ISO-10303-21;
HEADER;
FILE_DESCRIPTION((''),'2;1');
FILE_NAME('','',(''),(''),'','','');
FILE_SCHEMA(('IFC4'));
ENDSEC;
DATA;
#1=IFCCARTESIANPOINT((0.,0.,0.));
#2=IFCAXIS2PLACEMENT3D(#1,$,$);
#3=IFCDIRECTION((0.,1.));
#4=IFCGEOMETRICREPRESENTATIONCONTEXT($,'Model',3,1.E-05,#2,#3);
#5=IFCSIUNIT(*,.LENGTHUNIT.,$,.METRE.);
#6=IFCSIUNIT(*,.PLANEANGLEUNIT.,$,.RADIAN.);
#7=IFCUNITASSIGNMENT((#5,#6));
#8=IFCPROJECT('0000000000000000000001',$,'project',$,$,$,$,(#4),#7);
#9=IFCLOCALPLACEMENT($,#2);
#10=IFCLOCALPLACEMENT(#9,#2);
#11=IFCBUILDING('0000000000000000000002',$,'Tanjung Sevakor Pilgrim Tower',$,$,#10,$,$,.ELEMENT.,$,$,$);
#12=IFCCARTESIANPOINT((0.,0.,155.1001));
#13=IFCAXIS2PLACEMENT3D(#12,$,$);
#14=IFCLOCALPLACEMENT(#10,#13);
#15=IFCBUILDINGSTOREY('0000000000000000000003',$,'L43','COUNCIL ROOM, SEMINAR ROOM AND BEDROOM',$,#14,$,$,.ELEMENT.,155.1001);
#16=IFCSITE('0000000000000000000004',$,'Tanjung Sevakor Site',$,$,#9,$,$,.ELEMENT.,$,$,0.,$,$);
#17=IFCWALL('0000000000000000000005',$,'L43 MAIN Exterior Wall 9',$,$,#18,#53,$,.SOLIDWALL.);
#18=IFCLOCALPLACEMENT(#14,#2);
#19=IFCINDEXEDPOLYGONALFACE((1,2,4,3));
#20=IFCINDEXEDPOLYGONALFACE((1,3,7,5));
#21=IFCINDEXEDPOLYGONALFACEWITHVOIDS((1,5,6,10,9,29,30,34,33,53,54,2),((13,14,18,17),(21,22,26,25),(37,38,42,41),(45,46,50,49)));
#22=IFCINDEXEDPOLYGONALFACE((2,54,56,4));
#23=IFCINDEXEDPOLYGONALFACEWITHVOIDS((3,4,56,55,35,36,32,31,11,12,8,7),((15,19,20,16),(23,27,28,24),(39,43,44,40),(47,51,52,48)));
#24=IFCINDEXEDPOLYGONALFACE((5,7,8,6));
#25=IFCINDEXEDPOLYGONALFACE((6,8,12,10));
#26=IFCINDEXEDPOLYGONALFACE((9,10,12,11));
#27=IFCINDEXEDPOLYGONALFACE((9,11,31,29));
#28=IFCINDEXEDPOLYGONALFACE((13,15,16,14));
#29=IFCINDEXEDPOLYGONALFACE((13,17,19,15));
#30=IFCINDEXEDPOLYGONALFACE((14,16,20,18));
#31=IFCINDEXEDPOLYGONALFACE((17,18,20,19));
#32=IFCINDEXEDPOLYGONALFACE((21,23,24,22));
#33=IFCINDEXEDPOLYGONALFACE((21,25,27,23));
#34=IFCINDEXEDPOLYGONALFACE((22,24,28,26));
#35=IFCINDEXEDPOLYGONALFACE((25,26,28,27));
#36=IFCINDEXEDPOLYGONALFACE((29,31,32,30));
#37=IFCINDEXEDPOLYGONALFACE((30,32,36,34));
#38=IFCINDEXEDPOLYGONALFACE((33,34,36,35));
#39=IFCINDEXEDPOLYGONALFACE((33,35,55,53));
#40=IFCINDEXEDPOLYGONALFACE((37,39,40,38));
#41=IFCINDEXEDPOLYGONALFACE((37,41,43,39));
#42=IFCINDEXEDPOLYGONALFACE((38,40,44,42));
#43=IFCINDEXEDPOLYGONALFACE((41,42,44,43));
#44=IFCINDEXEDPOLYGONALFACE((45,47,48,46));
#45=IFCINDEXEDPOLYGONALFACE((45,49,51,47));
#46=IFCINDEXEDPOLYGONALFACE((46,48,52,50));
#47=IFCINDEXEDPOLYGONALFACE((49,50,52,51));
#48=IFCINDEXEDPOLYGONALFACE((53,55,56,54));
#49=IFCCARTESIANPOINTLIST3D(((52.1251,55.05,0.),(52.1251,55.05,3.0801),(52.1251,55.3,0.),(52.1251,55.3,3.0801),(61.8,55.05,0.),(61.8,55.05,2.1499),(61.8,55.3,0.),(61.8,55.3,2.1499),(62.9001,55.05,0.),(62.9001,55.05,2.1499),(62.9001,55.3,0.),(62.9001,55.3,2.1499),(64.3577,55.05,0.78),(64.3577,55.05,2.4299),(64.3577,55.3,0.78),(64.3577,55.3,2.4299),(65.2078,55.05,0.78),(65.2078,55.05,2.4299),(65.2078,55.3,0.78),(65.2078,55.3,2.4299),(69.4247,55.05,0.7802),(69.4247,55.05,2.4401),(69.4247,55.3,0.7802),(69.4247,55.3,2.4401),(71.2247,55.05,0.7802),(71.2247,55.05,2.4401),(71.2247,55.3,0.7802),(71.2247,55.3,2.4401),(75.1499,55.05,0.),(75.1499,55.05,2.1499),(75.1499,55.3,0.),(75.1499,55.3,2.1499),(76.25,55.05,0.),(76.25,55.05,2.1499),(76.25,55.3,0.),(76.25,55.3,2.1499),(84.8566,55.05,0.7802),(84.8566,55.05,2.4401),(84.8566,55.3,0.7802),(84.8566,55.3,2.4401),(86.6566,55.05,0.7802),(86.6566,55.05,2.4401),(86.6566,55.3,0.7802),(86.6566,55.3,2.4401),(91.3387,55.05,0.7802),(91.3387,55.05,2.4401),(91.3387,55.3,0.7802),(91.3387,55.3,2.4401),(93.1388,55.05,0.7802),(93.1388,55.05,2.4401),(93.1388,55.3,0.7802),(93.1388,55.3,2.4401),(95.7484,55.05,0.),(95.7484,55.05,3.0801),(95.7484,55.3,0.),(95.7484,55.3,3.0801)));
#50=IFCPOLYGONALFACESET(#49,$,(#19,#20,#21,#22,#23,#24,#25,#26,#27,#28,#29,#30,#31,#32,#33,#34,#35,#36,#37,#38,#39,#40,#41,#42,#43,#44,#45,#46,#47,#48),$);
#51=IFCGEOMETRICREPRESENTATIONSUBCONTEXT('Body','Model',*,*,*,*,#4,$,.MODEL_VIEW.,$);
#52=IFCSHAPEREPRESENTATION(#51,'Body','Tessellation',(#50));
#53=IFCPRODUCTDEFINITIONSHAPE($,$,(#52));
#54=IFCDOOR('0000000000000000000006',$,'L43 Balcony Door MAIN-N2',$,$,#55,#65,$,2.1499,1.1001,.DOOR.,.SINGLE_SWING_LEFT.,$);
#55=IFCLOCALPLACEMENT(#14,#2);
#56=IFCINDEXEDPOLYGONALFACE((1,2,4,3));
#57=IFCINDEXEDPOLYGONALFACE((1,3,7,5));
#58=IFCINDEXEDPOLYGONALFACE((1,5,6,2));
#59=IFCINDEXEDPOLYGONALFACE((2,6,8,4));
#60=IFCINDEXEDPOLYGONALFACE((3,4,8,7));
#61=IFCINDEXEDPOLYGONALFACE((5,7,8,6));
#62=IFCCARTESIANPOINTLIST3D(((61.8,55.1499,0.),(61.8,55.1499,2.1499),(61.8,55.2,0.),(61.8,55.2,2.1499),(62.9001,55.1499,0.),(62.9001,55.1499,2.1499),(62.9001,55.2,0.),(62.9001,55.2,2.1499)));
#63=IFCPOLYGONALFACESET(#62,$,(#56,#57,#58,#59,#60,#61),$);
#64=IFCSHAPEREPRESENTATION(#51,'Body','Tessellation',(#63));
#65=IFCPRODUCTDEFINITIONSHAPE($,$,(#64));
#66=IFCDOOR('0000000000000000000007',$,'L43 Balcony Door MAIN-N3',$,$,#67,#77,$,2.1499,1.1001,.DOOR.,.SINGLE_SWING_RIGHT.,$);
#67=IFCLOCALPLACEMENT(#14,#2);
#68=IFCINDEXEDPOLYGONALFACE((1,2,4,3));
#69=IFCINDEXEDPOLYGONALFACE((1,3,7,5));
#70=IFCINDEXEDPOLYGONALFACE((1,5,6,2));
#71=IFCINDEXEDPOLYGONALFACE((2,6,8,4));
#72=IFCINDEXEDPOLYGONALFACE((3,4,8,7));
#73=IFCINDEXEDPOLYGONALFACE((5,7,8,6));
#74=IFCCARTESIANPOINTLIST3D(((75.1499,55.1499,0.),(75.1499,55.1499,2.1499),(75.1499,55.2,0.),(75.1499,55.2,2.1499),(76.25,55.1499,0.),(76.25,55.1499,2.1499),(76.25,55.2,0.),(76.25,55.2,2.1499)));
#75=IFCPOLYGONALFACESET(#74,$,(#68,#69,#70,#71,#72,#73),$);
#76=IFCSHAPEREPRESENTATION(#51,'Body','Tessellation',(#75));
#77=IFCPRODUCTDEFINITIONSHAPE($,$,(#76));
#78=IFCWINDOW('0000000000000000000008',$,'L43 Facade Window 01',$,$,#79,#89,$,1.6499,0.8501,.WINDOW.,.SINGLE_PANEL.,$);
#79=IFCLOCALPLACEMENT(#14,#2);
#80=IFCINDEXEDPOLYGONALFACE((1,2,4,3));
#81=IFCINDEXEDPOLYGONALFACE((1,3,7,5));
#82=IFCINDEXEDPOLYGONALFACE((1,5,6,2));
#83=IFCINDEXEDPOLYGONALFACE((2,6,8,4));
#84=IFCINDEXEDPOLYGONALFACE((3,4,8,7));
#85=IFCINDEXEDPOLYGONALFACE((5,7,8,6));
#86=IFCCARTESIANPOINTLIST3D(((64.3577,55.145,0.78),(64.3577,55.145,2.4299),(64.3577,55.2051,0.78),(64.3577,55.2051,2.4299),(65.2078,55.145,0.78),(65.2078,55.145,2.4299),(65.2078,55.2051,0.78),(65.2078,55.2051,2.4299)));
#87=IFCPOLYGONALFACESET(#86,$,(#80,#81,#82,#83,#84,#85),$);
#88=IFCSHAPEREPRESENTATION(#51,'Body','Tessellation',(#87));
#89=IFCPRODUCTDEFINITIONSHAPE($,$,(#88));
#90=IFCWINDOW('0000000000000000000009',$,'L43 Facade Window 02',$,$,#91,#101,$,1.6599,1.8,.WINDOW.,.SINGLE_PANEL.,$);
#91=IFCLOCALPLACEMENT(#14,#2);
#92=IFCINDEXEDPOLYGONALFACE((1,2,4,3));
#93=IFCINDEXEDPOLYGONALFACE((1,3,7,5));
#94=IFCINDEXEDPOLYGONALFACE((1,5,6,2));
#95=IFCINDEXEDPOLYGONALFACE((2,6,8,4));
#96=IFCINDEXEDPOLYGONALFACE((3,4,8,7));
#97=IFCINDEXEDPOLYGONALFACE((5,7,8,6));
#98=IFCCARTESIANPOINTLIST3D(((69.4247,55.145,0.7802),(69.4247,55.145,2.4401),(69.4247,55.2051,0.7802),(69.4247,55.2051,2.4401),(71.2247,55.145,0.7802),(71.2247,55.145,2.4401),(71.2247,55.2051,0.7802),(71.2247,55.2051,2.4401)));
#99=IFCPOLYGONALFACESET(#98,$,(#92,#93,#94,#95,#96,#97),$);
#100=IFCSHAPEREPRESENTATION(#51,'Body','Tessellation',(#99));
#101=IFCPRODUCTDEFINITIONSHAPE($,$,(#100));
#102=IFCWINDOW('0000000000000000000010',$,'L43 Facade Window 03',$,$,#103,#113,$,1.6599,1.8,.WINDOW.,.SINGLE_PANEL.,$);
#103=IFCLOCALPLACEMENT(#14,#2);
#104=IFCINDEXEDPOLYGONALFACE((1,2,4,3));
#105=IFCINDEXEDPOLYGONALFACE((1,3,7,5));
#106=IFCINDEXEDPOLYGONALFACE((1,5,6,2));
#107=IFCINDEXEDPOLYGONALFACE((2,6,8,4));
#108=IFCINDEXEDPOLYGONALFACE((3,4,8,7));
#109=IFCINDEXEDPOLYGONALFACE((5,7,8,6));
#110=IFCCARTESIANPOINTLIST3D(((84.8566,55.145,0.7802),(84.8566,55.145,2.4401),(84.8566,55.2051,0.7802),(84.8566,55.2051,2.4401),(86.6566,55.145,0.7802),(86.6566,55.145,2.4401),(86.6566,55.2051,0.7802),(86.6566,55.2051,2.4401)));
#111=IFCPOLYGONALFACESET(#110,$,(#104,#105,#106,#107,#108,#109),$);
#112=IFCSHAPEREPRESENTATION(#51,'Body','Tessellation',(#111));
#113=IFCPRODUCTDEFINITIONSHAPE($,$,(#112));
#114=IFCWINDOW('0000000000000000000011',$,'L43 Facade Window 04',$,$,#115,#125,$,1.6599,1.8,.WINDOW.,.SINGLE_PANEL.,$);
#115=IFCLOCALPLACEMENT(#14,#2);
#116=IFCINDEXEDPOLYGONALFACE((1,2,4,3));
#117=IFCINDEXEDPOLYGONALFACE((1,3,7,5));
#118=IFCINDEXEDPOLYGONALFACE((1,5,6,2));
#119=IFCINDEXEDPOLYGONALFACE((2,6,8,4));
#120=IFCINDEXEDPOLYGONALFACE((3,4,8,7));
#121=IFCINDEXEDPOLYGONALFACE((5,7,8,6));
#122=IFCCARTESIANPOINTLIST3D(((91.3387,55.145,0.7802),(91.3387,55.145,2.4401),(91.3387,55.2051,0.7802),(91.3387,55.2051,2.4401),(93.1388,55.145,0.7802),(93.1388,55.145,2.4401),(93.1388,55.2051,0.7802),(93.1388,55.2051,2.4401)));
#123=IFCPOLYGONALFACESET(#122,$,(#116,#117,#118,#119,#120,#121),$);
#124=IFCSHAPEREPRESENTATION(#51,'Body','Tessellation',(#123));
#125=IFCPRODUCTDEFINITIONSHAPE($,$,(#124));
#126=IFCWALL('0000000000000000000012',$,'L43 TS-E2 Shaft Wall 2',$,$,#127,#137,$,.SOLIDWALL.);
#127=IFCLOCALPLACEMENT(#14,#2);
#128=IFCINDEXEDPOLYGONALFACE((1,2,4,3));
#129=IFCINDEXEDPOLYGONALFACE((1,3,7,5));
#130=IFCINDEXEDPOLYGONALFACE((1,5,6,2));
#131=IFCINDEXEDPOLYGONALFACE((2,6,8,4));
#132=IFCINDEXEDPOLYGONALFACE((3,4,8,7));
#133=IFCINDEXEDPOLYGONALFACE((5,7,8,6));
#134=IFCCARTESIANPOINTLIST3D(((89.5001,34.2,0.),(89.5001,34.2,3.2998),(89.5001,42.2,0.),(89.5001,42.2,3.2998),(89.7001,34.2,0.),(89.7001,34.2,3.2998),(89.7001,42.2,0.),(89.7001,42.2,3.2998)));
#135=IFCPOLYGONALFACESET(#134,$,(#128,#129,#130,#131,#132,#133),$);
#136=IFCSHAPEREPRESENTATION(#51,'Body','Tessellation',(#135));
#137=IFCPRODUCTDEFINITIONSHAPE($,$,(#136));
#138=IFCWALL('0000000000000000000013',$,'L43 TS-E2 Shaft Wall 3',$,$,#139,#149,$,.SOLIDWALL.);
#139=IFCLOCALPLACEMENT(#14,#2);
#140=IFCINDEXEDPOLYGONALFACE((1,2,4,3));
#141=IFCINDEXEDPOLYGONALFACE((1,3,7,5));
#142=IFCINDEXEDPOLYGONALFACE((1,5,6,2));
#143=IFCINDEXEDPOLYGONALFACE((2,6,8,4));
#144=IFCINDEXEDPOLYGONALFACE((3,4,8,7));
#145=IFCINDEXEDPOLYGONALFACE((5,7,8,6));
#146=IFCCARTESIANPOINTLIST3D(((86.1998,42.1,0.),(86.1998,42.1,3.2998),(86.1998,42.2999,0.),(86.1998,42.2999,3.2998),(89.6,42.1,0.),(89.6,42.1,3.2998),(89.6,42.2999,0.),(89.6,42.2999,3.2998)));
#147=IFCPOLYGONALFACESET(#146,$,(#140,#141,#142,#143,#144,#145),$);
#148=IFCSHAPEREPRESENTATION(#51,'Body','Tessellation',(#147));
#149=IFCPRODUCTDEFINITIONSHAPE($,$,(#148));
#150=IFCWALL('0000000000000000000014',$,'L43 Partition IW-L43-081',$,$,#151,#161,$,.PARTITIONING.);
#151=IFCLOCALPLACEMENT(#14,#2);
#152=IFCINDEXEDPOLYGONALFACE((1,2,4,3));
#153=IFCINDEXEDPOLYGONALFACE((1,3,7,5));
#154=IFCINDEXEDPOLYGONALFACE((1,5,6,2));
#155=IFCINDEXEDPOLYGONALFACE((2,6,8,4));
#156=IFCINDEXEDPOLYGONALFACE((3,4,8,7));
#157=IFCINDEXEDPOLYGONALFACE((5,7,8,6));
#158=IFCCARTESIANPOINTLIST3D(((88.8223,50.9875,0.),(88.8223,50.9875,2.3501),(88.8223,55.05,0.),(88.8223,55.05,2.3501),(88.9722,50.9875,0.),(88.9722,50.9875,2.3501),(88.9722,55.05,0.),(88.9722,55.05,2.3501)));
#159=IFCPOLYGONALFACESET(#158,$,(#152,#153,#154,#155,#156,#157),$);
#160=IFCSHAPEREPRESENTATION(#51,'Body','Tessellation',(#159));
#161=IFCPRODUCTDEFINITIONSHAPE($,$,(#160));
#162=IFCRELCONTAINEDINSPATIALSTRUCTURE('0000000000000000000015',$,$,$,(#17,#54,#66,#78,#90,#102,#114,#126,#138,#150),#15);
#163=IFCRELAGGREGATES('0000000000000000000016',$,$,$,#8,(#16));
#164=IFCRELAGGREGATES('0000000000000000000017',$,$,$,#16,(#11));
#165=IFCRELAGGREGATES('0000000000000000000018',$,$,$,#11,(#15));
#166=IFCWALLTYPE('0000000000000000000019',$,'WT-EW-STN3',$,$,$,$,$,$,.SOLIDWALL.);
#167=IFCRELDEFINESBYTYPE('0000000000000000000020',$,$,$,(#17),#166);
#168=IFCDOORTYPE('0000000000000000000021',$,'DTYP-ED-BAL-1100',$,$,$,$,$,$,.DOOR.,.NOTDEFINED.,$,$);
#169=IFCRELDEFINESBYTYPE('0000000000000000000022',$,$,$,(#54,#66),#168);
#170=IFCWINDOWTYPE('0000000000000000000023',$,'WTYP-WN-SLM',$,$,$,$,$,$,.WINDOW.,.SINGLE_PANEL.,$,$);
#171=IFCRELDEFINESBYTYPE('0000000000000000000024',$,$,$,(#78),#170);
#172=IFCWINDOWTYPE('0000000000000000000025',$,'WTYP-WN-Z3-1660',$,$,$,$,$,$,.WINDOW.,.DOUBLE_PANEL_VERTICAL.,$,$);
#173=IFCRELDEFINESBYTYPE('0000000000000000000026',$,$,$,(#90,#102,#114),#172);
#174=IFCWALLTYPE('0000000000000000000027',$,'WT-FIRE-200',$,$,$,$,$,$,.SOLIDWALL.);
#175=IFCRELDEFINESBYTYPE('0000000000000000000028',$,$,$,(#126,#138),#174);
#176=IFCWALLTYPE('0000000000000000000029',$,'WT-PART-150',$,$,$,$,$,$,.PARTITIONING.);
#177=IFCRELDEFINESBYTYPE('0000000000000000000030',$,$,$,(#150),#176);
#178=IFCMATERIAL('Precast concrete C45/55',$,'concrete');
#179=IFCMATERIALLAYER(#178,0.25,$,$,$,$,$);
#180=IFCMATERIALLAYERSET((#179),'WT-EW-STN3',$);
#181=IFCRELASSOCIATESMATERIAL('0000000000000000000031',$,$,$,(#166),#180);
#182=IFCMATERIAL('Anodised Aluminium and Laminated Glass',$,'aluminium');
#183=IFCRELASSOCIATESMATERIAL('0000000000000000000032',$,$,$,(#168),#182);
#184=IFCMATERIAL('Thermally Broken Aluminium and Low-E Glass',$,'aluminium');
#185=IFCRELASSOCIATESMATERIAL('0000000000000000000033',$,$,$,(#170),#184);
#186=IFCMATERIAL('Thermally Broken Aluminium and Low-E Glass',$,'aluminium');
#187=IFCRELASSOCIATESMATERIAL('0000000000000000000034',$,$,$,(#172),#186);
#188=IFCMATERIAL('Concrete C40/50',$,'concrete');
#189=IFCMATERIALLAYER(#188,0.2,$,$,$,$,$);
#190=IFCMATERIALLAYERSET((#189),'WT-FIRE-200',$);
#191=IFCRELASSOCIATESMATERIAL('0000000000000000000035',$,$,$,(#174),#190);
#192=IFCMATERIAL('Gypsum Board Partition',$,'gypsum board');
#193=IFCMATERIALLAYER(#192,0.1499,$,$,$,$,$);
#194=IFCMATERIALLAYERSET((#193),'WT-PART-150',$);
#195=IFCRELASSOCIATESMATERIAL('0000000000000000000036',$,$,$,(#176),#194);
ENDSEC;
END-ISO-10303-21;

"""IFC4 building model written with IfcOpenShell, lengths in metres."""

from ifc_helpers import new_model, si_unit, direction, frame, frame_2d, origin, place, context, subcontext, project, spatial, rectangle, extrude, material, layer, layer_set, type_object, element, fill, save


model = new_model("IFC4")

# Units and contexts
model_context = context("Model", 3, precision=1e-05, world=origin(), true_north=direction((0.0, 1.0)))
body_context = subcontext(model_context, "Body", "Model", "MODEL_VIEW")
ifc_project = project(units=[si_unit("LENGTHUNIT", "METRE"), si_unit("PLANEANGLEUNIT", "RADIAN")], contexts=[model_context])

# Site, building, storey
site_placement = place(None, origin())
site = spatial("IfcSite", under=ifc_project, at=site_placement, Name="Tanjung Sevakor Site", CompositionType="ELEMENT", RefElevation=0.0)
building_placement = place(site_placement, origin())
building = spatial("IfcBuilding", under=site, at=building_placement, Name="Tanjung Sevakor Pilgrim Tower", CompositionType="ELEMENT")
storey_placement = place(building_placement, frame((0.0, 0.0, 155.1001)))
storey = spatial("IfcBuildingStorey", under=building, at=storey_placement, Name="L43", Description="COUNCIL ROOM, SEMINAR ROOM AND BEDROOM", CompositionType="ELEMENT", Elevation=155.1001)

# Shared definitions
ifc_material_1 = material(Name="Precast concrete C45/55", Category="concrete")
ifc_layer_1 = layer(ifc_material_1, 0.25)
ifc_layer_set_1 = layer_set([ifc_layer_1], Name="WT-EW-STN3")
wall_type_1 = type_object("IfcWallType", Name="WT-EW-STN3", PredefinedType="SOLIDWALL", material=ifc_layer_set_1)

# Wall, openings, doors, windows
wall_1_placement = place(storey_placement, frame((95.7483, 55.175, 0.0), z_axis=(0.0, 0.0, 1.0), x_axis=(-1.0, 0.0, 0.0)))
wall_1 = element("IfcWall", 1, at=wall_1_placement, inside=storey, type_object=wall_type_1, Name="L43 MAIN Exterior Wall 9", PredefinedType="SOLIDWALL", context=body_context, shape_type="SweptSolid", body=[
    extrude(rectangle(XDim=43.6233, YDim=0.25, at=frame_2d((21.8115, 0.0))), origin(), (0.0, 0.0, 1.0), 3.0801),
])
opening_1_placement = place(wall_1_placement, frame((32.8481, 0.0, 0.0)))
opening_1 = element("IfcOpeningElement", 2, at=opening_1_placement, cuts=wall_1, PredefinedType="OPENING", context=body_context, shape_type="SweptSolid", body=[
    extrude(rectangle(XDim=1.1001, YDim=2.1499, at=frame_2d((0.55, 1.075))), frame((0.0, 0.135, 0.0), z_axis=(0.0, -1.0, 0.0), x_axis=(1.0, 0.0, 0.0)), (0.0, 0.0, 1.0), 0.27),
])
opening_2_placement = place(wall_1_placement, frame((19.4983, 0.0, 0.0)))
opening_2 = element("IfcOpeningElement", 3, at=opening_2_placement, cuts=wall_1, PredefinedType="OPENING", context=body_context, shape_type="SweptSolid", body=[
    extrude(rectangle(XDim=1.1001, YDim=2.1499, at=frame_2d((0.55, 1.075))), frame((0.0, 0.135, 0.0), z_axis=(0.0, -1.0, 0.0), x_axis=(1.0, 0.0, 0.0)), (0.0, 0.0, 1.0), 0.27),
])
opening_3_placement = place(wall_1_placement, frame((30.5405, 0.0, 0.78)))
opening_3 = element("IfcOpeningElement", 4, at=opening_3_placement, cuts=wall_1, PredefinedType="OPENING", context=body_context, shape_type="SweptSolid", body=[
    extrude(rectangle(XDim=0.8501, YDim=1.6499, at=frame_2d((0.425, 0.825))), frame((0.0, 0.135, 0.0), z_axis=(0.0, -1.0, 0.0), x_axis=(1.0, 0.0, 0.0)), (0.0, 0.0, 1.0), 0.27),
])
opening_4_placement = place(wall_1_placement, frame((24.5237, 0.0, 0.78)))
opening_4 = element("IfcOpeningElement", 5, at=opening_4_placement, cuts=wall_1, PredefinedType="OPENING", context=body_context, shape_type="SweptSolid", body=[
    extrude(rectangle(XDim=1.8, YDim=1.6599, at=frame_2d((0.8999, 0.8301))), frame((0.0, 0.135, 0.0), z_axis=(0.0, -1.0, 0.0), x_axis=(1.0, 0.0, 0.0)), (0.0, 0.0, 1.0), 0.27),
])
opening_5_placement = place(wall_1_placement, frame((9.0918, 0.0, 0.78)))
opening_5 = element("IfcOpeningElement", 6, at=opening_5_placement, cuts=wall_1, PredefinedType="OPENING", context=body_context, shape_type="SweptSolid", body=[
    extrude(rectangle(XDim=1.8, YDim=1.6599, at=frame_2d((0.8999, 0.8301))), frame((0.0, 0.135, 0.0), z_axis=(0.0, -1.0, 0.0), x_axis=(1.0, 0.0, 0.0)), (0.0, 0.0, 1.0), 0.27),
])
opening_6_placement = place(wall_1_placement, frame((2.6096, 0.0, 0.78)))
opening_6 = element("IfcOpeningElement", 7, at=opening_6_placement, cuts=wall_1, PredefinedType="OPENING", context=body_context, shape_type="SweptSolid", body=[
    extrude(rectangle(XDim=1.8, YDim=1.6599, at=frame_2d((0.8999, 0.8301))), frame((0.0, 0.135, 0.0), z_axis=(0.0, -1.0, 0.0), x_axis=(1.0, 0.0, 0.0)), (0.0, 0.0, 1.0), 0.27),
])
ifc_material_2 = material(Name="Anodised Aluminium and Laminated Glass", Category="aluminium")
door_type = type_object("IfcDoorType", Name="DTYP-ED-BAL-1100", OperationType="NOTDEFINED", PredefinedType="DOOR", material=ifc_material_2)
door_1_placement = place(opening_1_placement, frame((1.1001, 0.0, 0.0), z_axis=(0.0, 0.0, 1.0), x_axis=(-1.0, 0.0, 0.0)))
door_1 = element("IfcDoor", 8, at=door_1_placement, inside=storey, type_object=door_type, Name="L43 Balcony Door MAIN-N2", OperationType="SINGLE_SWING_LEFT", OverallHeight=2.1499, OverallWidth=1.1001, PredefinedType="DOOR", context=body_context, shape_type="SweptSolid", body=[
    extrude(rectangle(XDim=1.1001, YDim=2.1499, at=frame_2d((0.55, 1.075))), frame((0.0, 0.0249, 0.0), z_axis=(0.0, -1.0, 0.0), x_axis=(1.0, 0.0, 0.0)), (0.0, 0.0, 1.0), 0.05),
])
fill(opening_1, door_1)
door_2_placement = place(opening_2_placement, frame((1.1001, 0.0, 0.0), z_axis=(0.0, 0.0, 1.0), x_axis=(-1.0, 0.0, 0.0)))
door_2 = element("IfcDoor", 9, at=door_2_placement, inside=storey, type_object=door_type, Name="L43 Balcony Door MAIN-N3", OperationType="SINGLE_SWING_RIGHT", OverallHeight=2.1499, OverallWidth=1.1001, PredefinedType="DOOR", context=body_context, shape_type="SweptSolid", body=[
    extrude(rectangle(XDim=1.1001, YDim=2.1499, at=frame_2d((0.55, 1.075))), frame((0.0, 0.0249, 0.0), z_axis=(0.0, -1.0, 0.0), x_axis=(1.0, 0.0, 0.0)), (0.0, 0.0, 1.0), 0.05),
])
fill(opening_2, door_2)
ifc_material_3 = material(Name="Thermally Broken Aluminium and Low-E Glass", Category="aluminium")
window_type_1 = type_object("IfcWindowType", Name="WTYP-WN-SLM", PartitioningType="SINGLE_PANEL", PredefinedType="WINDOW", material=ifc_material_3)
window_1_placement = place(opening_3_placement, origin())
window_1 = element("IfcWindow", 10, at=window_1_placement, inside=storey, type_object=window_type_1, Name="L43 Facade Window 01", OverallHeight=1.6499, OverallWidth=0.8501, PartitioningType="SINGLE_PANEL", PredefinedType="WINDOW", context=body_context, shape_type="SweptSolid", body=[
    extrude(rectangle(XDim=0.8501, YDim=1.6499, at=frame_2d((0.425, 0.825))), frame((0.0, 0.03, 0.0), z_axis=(0.0, -1.0, 0.0), x_axis=(1.0, 0.0, 0.0)), (0.0, 0.0, 1.0), 0.0601),
])
fill(opening_3, window_1)
ifc_material_4 = material(Name="Thermally Broken Aluminium and Low-E Glass", Category="aluminium")
window_type_2 = type_object("IfcWindowType", Name="WTYP-WN-Z3-1660", PartitioningType="DOUBLE_PANEL_VERTICAL", PredefinedType="WINDOW", material=ifc_material_4)
window_2_placement = place(opening_4_placement, origin())
window_2 = element("IfcWindow", 11, at=window_2_placement, inside=storey, type_object=window_type_2, Name="L43 Facade Window 02", OverallHeight=1.6599, OverallWidth=1.8, PartitioningType="SINGLE_PANEL", PredefinedType="WINDOW", context=body_context, shape_type="SweptSolid", body=[
    extrude(rectangle(XDim=1.8, YDim=1.6599, at=frame_2d((0.8999, 0.8301))), frame((0.0, 0.03, 0.0), z_axis=(0.0, -1.0, 0.0), x_axis=(1.0, 0.0, 0.0)), (0.0, 0.0, 1.0), 0.0601),
])
fill(opening_4, window_2)
window_3_placement = place(opening_5_placement, origin())
window_3 = element("IfcWindow", 12, at=window_3_placement, inside=storey, type_object=window_type_2, Name="L43 Facade Window 03", OverallHeight=1.6599, OverallWidth=1.8, PartitioningType="SINGLE_PANEL", PredefinedType="WINDOW", context=body_context, shape_type="SweptSolid", body=[
    extrude(rectangle(XDim=1.8, YDim=1.6599, at=frame_2d((0.8999, 0.8301))), frame((0.0, 0.03, 0.0), z_axis=(0.0, -1.0, 0.0), x_axis=(1.0, 0.0, 0.0)), (0.0, 0.0, 1.0), 0.0601),
])
fill(opening_5, window_3)
window_4_placement = place(opening_6_placement, origin())
window_4 = element("IfcWindow", 13, at=window_4_placement, inside=storey, type_object=window_type_2, Name="L43 Facade Window 04", OverallHeight=1.6599, OverallWidth=1.8, PartitioningType="SINGLE_PANEL", PredefinedType="WINDOW", context=body_context, shape_type="SweptSolid", body=[
    extrude(rectangle(XDim=1.8, YDim=1.6599, at=frame_2d((0.8999, 0.8301))), frame((0.0, 0.03, 0.0), z_axis=(0.0, -1.0, 0.0), x_axis=(1.0, 0.0, 0.0)), (0.0, 0.0, 1.0), 0.0601),
])
fill(opening_6, window_4)

# Walls
ifc_material_5 = material(Name="Concrete C40/50", Category="concrete")
ifc_layer_2 = layer(ifc_material_5, 0.2)
ifc_layer_set_2 = layer_set([ifc_layer_2], Name="WT-FIRE-200")
wall_type_2 = type_object("IfcWallType", Name="WT-FIRE-200", PredefinedType="SOLIDWALL", material=ifc_layer_set_2)
wall_2_placement = place(storey_placement, frame((89.6001, 34.2, 0.0), z_axis=(0.0, 0.0, 1.0), x_axis=(0.0, 1.0, 0.0)))
element("IfcWall", 14, at=wall_2_placement, inside=storey, type_object=wall_type_2, Name="L43 TS-E2 Shaft Wall 2", PredefinedType="SOLIDWALL", context=body_context, shape_type="SweptSolid", body=[
    extrude(rectangle(XDim=8.0, YDim=0.2, at=frame_2d((4.0, 0.0))), origin(), (0.0, 0.0, 1.0), 3.2998),
])
wall_3_placement = place(storey_placement, frame((89.6001, 42.2, 0.0), z_axis=(0.0, 0.0, 1.0), x_axis=(-1.0, 0.0, 0.0)))
element("IfcWall", 15, at=wall_3_placement, inside=storey, type_object=wall_type_2, Name="L43 TS-E2 Shaft Wall 3", PredefinedType="SOLIDWALL", context=body_context, shape_type="SweptSolid", body=[
    extrude(rectangle(XDim=3.4001, YDim=0.2, at=frame_2d((1.7002, 0.0))), origin(), (0.0, 0.0, 1.0), 3.2998),
])
ifc_material_6 = material(Name="Gypsum Board Partition", Category="gypsum board")
ifc_layer_3 = layer(ifc_material_6, 0.1499)
ifc_layer_set_3 = layer_set([ifc_layer_3], Name="WT-PART-150")
wall_type_3 = type_object("IfcWallType", Name="WT-PART-150", PredefinedType="PARTITIONING", material=ifc_layer_set_3)
wall_4_placement = place(storey_placement, frame((88.8972, 50.9875, 0.0), z_axis=(0.0, 0.0, 1.0), x_axis=(0.0, 1.0, 0.0)))
element("IfcWall", 16, at=wall_4_placement, inside=storey, type_object=wall_type_3, Name="L43 Partition IW-L43-081", PredefinedType="PARTITIONING", context=body_context, shape_type="SweptSolid", body=[
    extrude(rectangle(XDim=4.0625, YDim=0.1499, at=frame_2d((2.0312, 0.0))), origin(), (0.0, 0.0, 1.0), 2.3501),
])

save(model, "model.ifc")
